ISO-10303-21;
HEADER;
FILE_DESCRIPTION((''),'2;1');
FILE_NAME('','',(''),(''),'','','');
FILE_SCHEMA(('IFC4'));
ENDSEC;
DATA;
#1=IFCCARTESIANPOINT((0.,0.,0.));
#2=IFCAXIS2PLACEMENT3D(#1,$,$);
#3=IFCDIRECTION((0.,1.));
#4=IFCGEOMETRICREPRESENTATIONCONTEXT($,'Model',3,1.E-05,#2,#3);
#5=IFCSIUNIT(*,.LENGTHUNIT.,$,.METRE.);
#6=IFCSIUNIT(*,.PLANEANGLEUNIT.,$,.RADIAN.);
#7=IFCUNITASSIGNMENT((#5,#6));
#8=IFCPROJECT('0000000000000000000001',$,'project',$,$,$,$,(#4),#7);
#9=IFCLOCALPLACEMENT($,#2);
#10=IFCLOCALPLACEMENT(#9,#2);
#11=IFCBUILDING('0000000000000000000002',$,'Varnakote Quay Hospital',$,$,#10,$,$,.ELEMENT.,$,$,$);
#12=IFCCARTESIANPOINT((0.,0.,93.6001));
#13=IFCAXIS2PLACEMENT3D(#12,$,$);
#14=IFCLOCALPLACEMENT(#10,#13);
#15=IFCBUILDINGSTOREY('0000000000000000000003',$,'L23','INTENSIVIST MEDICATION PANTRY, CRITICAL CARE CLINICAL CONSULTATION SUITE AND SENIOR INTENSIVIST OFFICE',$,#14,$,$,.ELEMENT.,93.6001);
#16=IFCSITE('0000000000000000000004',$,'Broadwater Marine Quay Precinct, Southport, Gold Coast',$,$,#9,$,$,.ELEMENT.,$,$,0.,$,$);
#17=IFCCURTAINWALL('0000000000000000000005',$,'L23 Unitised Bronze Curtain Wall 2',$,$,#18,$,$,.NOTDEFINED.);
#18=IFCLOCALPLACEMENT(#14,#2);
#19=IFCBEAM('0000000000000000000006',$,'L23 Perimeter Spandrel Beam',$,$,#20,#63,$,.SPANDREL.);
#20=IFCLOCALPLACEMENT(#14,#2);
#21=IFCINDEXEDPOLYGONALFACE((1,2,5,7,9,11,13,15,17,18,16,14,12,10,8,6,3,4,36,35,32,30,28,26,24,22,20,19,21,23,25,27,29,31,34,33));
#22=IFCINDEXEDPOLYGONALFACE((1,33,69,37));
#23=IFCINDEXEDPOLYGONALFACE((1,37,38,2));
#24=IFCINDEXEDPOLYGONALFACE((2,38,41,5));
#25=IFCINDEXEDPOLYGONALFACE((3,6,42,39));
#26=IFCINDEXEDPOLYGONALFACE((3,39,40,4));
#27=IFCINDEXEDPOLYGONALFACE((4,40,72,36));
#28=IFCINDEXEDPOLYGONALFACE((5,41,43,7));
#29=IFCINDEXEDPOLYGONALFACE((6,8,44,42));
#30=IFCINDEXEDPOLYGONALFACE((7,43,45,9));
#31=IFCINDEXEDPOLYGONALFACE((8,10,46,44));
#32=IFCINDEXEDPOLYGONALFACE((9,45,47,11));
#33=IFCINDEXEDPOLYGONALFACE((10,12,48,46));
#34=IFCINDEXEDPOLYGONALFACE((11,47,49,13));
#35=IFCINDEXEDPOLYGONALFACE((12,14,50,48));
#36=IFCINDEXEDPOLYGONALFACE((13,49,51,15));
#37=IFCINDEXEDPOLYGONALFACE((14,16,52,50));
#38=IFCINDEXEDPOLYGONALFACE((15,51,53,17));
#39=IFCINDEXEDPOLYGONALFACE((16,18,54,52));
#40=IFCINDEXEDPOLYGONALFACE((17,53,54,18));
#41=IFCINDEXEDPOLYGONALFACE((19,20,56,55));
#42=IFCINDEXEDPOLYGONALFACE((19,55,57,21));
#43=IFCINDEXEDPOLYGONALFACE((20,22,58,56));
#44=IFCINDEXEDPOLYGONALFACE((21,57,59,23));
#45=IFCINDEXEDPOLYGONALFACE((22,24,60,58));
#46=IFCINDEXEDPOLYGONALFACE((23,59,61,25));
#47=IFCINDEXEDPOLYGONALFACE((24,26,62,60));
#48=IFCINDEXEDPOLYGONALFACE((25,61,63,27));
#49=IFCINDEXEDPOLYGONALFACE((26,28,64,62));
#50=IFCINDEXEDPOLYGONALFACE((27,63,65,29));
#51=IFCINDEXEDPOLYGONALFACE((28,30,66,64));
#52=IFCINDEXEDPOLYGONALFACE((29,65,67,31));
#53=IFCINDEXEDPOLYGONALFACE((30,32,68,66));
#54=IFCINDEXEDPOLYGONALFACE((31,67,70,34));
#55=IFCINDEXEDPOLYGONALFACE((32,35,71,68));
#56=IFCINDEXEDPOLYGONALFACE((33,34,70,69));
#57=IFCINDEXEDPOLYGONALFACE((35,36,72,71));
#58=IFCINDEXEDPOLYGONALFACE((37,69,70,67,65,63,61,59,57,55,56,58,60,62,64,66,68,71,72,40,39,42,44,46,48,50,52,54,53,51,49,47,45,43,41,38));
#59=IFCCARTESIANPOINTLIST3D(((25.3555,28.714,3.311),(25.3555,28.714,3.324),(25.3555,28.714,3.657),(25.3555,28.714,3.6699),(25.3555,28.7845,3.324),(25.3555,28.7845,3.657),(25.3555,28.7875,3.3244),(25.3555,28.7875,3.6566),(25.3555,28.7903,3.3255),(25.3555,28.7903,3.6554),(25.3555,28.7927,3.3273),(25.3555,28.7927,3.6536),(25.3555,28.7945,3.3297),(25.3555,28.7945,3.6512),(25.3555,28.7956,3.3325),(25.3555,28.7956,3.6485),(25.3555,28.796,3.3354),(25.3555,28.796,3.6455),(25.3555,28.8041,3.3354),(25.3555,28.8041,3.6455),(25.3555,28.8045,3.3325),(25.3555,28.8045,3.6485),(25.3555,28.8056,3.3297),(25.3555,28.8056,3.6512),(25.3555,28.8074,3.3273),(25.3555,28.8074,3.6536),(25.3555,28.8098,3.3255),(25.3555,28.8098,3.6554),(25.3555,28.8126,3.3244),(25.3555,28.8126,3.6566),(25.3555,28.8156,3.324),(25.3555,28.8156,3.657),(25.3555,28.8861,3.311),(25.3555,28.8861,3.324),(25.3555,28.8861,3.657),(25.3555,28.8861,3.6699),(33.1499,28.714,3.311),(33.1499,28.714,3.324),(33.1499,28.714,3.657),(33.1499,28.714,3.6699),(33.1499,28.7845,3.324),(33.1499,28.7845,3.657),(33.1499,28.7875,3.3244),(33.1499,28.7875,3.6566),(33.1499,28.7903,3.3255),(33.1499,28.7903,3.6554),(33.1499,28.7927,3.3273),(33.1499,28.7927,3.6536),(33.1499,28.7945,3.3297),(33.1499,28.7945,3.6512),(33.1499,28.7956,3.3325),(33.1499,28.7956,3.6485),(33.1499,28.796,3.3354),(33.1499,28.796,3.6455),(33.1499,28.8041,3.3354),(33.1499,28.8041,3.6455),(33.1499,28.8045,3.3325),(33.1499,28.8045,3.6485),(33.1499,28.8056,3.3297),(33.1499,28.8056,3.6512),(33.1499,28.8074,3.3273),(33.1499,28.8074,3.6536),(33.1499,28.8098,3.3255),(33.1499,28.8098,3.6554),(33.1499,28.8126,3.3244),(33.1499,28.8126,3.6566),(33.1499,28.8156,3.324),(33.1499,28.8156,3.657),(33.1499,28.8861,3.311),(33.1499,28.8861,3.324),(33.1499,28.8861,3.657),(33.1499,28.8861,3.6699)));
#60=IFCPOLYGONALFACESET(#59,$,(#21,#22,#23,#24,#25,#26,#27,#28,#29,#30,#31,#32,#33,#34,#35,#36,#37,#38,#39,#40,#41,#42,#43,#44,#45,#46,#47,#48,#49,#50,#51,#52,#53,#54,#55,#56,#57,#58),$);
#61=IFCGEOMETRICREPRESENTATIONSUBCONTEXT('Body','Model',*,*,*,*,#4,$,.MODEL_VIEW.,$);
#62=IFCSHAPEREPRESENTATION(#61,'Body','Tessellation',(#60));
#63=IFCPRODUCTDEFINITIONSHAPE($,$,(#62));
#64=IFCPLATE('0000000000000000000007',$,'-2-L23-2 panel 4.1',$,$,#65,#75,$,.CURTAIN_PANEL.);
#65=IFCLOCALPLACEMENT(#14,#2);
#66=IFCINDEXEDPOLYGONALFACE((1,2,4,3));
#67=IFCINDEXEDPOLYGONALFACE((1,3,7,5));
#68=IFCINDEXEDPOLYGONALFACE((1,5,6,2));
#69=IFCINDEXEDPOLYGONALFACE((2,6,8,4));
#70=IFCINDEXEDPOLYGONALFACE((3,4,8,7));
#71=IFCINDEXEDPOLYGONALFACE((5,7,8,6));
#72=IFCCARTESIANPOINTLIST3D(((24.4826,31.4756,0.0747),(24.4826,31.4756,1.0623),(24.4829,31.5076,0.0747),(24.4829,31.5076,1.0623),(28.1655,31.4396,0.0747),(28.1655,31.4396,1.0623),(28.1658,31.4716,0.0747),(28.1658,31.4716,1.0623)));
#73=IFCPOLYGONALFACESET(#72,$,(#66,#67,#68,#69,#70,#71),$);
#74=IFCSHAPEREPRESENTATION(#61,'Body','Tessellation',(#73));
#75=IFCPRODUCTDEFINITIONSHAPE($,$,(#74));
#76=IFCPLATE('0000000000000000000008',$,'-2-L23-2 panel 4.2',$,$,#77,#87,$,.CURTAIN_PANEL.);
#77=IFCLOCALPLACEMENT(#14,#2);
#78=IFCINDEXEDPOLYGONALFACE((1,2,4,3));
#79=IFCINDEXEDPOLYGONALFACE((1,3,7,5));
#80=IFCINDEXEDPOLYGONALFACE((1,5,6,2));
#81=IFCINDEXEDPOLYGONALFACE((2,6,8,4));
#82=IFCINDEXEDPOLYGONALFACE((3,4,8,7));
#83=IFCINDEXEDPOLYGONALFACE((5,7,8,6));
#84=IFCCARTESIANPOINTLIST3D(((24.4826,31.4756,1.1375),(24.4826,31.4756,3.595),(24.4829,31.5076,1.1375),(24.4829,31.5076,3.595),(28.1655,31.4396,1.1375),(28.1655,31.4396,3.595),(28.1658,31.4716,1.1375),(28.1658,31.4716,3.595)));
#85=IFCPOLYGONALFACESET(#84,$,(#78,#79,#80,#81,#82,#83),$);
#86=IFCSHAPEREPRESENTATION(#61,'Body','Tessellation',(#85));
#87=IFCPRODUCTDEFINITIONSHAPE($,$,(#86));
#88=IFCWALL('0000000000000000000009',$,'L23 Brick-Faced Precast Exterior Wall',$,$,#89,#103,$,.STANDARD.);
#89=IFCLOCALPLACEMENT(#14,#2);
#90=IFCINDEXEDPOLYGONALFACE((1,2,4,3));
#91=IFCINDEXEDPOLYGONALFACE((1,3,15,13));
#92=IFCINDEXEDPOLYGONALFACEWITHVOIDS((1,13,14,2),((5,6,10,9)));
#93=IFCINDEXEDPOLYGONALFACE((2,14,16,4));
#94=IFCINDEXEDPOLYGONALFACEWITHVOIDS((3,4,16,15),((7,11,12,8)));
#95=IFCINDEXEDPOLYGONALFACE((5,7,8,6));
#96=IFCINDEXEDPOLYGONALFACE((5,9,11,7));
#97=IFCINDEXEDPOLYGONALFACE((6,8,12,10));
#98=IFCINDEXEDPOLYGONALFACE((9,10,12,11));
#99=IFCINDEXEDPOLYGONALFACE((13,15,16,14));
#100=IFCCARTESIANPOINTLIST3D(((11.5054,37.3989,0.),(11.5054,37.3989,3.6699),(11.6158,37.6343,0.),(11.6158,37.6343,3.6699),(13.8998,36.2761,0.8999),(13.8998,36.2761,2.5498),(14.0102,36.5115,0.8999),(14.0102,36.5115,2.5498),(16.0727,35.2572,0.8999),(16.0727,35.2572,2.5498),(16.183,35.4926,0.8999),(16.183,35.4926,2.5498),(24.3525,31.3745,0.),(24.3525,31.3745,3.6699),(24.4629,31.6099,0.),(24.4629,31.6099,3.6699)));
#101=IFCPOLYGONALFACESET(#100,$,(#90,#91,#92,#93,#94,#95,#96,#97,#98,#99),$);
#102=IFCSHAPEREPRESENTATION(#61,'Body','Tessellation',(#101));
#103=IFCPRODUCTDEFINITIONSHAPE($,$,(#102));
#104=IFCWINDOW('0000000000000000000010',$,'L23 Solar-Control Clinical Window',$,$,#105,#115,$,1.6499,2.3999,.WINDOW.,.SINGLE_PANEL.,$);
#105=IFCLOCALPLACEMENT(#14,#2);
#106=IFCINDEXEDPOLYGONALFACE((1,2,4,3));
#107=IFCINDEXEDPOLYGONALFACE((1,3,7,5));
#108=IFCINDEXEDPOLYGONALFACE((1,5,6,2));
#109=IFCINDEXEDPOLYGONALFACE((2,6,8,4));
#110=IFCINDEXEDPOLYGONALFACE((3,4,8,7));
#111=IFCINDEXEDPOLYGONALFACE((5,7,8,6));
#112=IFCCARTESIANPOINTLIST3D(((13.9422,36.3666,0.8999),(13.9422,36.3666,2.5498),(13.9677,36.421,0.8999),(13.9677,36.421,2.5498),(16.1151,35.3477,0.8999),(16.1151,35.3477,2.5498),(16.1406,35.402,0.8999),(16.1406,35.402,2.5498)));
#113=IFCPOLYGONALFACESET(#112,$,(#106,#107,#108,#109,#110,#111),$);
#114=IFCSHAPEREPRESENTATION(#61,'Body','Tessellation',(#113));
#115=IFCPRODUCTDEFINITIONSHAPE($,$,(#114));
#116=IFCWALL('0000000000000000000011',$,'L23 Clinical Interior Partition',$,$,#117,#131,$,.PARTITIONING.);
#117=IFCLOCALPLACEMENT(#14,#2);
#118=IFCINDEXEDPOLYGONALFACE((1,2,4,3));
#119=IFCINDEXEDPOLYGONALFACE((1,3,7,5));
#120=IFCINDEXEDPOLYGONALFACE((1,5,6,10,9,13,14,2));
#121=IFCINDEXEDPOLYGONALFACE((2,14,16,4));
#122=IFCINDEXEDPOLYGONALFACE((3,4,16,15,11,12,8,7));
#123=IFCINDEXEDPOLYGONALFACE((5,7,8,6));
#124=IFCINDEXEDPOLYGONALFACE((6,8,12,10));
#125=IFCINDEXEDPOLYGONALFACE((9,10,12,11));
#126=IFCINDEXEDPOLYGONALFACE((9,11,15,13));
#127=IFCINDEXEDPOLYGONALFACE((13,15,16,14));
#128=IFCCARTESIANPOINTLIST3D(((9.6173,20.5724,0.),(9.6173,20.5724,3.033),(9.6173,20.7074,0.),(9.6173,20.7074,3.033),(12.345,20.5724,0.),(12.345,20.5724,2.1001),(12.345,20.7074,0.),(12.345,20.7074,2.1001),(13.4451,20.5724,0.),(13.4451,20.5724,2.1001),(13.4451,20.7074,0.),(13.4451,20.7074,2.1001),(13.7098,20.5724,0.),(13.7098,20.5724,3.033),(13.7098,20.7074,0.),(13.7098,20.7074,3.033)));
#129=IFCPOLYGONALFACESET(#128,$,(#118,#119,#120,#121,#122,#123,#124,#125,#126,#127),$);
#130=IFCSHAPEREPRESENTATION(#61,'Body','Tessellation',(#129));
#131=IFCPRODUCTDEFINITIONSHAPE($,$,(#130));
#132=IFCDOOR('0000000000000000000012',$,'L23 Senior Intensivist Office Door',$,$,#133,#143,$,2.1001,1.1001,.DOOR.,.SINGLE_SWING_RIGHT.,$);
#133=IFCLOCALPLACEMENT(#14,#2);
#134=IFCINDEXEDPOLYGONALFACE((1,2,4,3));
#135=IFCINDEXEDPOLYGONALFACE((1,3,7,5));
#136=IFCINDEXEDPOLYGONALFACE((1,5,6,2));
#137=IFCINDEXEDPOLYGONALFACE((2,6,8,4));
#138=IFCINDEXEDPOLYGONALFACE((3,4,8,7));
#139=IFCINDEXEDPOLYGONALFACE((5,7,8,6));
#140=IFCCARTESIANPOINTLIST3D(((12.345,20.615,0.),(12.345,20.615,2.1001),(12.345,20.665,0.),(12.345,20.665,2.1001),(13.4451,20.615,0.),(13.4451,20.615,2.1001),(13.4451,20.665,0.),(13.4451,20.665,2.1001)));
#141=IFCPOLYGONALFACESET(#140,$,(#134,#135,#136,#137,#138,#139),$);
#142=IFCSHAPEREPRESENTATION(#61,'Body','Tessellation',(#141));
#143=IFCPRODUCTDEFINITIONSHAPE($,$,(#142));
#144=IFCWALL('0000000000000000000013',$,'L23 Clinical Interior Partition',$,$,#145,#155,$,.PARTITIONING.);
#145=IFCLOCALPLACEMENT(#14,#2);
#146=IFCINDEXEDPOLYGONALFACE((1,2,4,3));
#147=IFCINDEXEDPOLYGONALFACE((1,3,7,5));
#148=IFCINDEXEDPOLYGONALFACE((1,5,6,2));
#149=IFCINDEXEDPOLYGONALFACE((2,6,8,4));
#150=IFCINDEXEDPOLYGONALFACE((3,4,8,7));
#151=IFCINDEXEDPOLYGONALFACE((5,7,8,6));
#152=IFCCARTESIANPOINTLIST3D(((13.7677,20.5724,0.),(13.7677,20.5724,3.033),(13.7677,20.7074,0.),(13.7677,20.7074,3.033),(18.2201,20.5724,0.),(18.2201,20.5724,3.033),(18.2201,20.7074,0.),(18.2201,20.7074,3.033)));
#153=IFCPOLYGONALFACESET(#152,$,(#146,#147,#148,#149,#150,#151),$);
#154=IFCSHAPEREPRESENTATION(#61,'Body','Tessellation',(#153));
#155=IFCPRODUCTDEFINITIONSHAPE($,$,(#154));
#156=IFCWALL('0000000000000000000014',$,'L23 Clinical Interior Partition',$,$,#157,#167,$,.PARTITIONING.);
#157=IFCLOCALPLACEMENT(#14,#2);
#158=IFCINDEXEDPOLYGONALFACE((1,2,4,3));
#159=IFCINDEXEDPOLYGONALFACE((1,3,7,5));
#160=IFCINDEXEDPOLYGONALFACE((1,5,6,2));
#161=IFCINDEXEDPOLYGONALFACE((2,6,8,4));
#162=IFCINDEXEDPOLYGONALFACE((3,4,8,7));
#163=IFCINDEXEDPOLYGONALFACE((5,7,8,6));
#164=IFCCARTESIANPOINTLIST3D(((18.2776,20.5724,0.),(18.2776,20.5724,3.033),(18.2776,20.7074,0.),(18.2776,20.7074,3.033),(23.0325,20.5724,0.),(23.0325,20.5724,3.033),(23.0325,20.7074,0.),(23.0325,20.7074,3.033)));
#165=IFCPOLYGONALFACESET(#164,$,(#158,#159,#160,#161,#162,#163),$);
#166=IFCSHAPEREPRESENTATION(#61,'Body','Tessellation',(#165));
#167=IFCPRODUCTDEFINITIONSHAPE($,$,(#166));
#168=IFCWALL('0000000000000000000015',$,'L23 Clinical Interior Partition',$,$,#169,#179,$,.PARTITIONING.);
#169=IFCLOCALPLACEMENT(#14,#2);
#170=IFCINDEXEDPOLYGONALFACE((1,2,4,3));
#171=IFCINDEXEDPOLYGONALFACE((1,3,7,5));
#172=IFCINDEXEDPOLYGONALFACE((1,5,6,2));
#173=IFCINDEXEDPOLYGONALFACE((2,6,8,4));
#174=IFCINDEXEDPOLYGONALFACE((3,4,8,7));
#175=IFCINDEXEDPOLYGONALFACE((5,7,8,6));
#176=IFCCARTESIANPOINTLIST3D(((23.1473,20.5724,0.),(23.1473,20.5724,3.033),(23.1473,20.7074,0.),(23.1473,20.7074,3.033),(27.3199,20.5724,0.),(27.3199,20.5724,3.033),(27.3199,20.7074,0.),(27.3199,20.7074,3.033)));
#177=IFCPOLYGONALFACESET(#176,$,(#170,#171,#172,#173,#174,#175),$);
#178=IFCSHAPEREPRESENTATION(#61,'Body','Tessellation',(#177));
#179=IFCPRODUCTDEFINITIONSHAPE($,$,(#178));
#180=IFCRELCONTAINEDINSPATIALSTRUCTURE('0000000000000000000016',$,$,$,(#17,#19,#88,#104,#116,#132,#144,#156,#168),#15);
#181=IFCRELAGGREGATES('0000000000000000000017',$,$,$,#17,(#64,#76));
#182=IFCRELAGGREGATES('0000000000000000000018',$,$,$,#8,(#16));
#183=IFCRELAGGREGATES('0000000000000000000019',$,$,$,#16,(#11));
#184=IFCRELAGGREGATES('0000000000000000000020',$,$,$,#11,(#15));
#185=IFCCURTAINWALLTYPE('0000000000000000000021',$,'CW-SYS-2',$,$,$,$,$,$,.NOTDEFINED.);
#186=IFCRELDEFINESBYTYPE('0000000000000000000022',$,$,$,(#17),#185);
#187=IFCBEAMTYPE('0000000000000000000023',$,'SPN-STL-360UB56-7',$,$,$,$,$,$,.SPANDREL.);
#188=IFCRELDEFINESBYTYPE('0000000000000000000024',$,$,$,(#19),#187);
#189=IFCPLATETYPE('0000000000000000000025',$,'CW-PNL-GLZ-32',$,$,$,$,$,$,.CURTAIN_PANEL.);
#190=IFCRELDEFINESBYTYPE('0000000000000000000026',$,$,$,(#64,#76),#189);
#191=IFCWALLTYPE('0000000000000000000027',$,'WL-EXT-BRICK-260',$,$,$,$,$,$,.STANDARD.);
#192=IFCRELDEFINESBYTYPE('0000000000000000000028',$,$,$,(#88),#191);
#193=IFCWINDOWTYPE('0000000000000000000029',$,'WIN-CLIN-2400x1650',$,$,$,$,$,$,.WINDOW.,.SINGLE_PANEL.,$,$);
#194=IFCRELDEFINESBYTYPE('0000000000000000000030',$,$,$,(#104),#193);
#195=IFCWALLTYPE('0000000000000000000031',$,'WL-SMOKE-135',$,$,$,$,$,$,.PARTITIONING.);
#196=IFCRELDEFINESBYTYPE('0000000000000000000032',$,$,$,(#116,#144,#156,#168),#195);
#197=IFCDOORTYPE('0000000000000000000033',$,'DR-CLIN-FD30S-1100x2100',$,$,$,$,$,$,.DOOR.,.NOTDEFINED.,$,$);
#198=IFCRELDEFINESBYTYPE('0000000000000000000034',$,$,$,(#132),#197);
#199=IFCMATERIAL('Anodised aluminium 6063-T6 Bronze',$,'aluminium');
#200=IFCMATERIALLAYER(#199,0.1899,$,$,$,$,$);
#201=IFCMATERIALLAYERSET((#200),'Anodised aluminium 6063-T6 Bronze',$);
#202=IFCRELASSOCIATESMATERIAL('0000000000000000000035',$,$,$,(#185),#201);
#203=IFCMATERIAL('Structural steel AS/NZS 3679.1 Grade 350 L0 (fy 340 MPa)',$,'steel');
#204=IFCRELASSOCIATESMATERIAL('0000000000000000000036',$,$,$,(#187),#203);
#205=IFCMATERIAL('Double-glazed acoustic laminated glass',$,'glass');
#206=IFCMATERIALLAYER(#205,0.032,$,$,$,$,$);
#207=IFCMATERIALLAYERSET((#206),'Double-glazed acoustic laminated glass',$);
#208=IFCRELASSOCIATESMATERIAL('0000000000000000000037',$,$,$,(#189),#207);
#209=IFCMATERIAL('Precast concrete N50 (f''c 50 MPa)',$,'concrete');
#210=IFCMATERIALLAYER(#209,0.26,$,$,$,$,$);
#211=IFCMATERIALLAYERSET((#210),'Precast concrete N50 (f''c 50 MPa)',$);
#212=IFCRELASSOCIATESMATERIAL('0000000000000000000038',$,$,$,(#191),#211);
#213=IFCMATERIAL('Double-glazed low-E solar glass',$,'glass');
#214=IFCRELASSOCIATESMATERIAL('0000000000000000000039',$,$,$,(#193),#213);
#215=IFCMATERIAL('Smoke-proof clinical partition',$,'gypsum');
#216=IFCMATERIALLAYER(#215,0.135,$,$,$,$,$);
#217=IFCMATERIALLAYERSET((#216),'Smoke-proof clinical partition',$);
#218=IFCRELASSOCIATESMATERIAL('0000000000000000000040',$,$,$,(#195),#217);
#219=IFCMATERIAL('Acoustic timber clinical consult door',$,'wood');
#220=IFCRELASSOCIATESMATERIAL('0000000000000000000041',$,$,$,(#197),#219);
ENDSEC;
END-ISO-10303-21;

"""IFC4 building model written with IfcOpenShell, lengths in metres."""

from ifc_helpers import new_model, si_unit, direction, frame, frame_2d, origin, origin_2d, place, context, subcontext, project, spatial, rectangle, i_section, extrude, material, layer, layer_set, material_profile, profile_set, type_object, element, fill, aggregate, save


model = new_model("IFC4")

# Units and contexts
model_context = context("Model", 3, precision=1e-05, world=origin(), true_north=direction((0.0, 1.0)))
body_context = subcontext(model_context, "Body", "Model", "MODEL_VIEW")
ifc_project = project(units=[si_unit("LENGTHUNIT", "METRE"), si_unit("PLANEANGLEUNIT", "RADIAN")], contexts=[model_context])

# Site, building, storey
site_placement = place(None, origin())
site = spatial("IfcSite", under=ifc_project, at=site_placement, Name="Broadwater Marine Quay Precinct, Southport, Gold Coast", CompositionType="ELEMENT", RefElevation=0.0)
building_placement = place(site_placement, origin())
building = spatial("IfcBuilding", under=site, at=building_placement, Name="Varnakote Quay Hospital", CompositionType="ELEMENT")
storey_placement = place(building_placement, frame((0.0, 0.0, 93.6001)))
storey = spatial("IfcBuildingStorey", under=building, at=storey_placement, Name="L23", Description="INTENSIVIST MEDICATION PANTRY, CRITICAL CARE CLINICAL CONSULTATION SUITE AND SENIOR INTENSIVIST OFFICE", CompositionType="ELEMENT", Elevation=93.6001)

# Curtain wall
ifc_material_1 = material(Name="Anodised aluminium 6063-T6 Bronze", Category="aluminium")
ifc_layer_1 = layer(ifc_material_1, 0.1899)
ifc_layer_set_1 = layer_set([ifc_layer_1], Name="Anodised aluminium 6063-T6 Bronze")
curtain_wall_type = type_object("IfcCurtainWallType", Name="CW-SYS-2", PredefinedType="NOTDEFINED", material=ifc_layer_set_1)
curtain_wall_placement = place(storey_placement, origin())
curtain_wall = element("IfcCurtainWall", 1, at=curtain_wall_placement, inside=storey, type_object=curtain_wall_type, Name="L23 Unitised Bronze Curtain Wall 2", PredefinedType="NOTDEFINED")

# Beam
ifc_material_2 = material(Name="Structural steel AS/NZS 3679.1 Grade 350 L0 (fy 340 MPa)", Category="steel")
ifc_material_profile_1 = material_profile(ifc_material_2, i_section(OverallWidth=0.1721, OverallDepth=0.3589, WebThickness=0.0081, FlangeThickness=0.0129, FilletRadius=0.0115, at=origin_2d()), Name="360UB56.7")
ifc_profile_set_1 = profile_set([ifc_material_profile_1], Name="Structural steel AS/NZS 3679.1 Grade 350 L0 (fy 340 MPa)")
beam_type_1 = type_object("IfcBeamType", Name="SPN-STL-360UB56-7", PredefinedType="SPANDREL", material=ifc_profile_set_1)
beam_1_placement = place(storey_placement, frame((25.3555, 28.8, 3.4905), z_axis=(1.0, 0.0, 0.0), x_axis=(0.0, 1.0, 0.0)))
element("IfcBeam", 2, at=beam_1_placement, inside=storey, type_object=beam_type_1, Name="L23 Perimeter Spandrel Beam", PredefinedType="SPANDREL", context=body_context, shape_type="SweptSolid", body=[
    extrude(i_section(OverallWidth=0.1721, OverallDepth=0.3589, WebThickness=0.0081, FlangeThickness=0.0129, FilletRadius=0.0115, at=origin_2d()), origin(), (0.0, 0.0, 1.0), 7.7944),
])

# Plates
ifc_material_3 = material(Name="Double-glazed acoustic laminated glass", Category="glass")
ifc_layer_2 = layer(ifc_material_3, 0.032)
ifc_layer_set_2 = layer_set([ifc_layer_2], Name="Double-glazed acoustic laminated glass")
plate_type = type_object("IfcPlateType", Name="CW-PNL-GLZ-32", PredefinedType="CURTAIN_PANEL", material=ifc_layer_set_2)
plate_1_placement = place(storey_placement, frame((26.3242, 31.4736, 0.0747), z_axis=(0.0, 0.0, 1.0), x_axis=(-0.999952, 0.009774, 0.0)))
plate_1 = element("IfcPlate", 3, at=plate_1_placement, type_object=plate_type, Name="-2-L23-2 panel 4.1", PredefinedType="CURTAIN_PANEL", context=body_context, shape_type="SweptSolid", body=[
    extrude(rectangle(XDim=3.6831, YDim=0.032, at=origin_2d()), origin(), (0.0, 0.0, 1.0), 0.9875),
])
plate_2_placement = place(storey_placement, frame((26.3242, 31.4736, 1.1375), z_axis=(0.0, 0.0, 1.0), x_axis=(-0.999952, 0.009774, 0.0)))
plate_2 = element("IfcPlate", 4, at=plate_2_placement, type_object=plate_type, Name="-2-L23-2 panel 4.2", PredefinedType="CURTAIN_PANEL", context=body_context, shape_type="SweptSolid", body=[
    extrude(rectangle(XDim=3.6831, YDim=0.032, at=origin_2d()), origin(), (0.0, 0.0, 1.0), 2.4575),
])
aggregate(curtain_wall, [plate_1, plate_2])

# Wall, opening, window
ifc_material_4 = material(Name="Precast concrete N50 (f'c 50 MPa)", Category="concrete")
ifc_layer_3 = layer(ifc_material_4, 0.26)
ifc_layer_set_3 = layer_set([ifc_layer_3], Name="Precast concrete N50 (f'c 50 MPa)")
wall_type_1 = type_object("IfcWallType", Name="WL-EXT-BRICK-260", PredefinedType="STANDARD", material=ifc_layer_set_3)
wall_1_placement = place(storey_placement, frame((24.4077, 31.4922, 0.0), z_axis=(0.0, 0.0, 1.0), x_axis=(-0.905397, 0.424567, 0.0)))
wall_1 = element("IfcWall", 5, at=wall_1_placement, inside=storey, type_object=wall_type_1, Name="L23 Brick-Faced Precast Exterior Wall", PredefinedType="STANDARD", context=body_context, shape_type="SweptSolid", body=[
    extrude(rectangle(XDim=14.1895, YDim=0.26, at=frame_2d((7.0947, 0.0))), origin(), (0.0, 0.0, 1.0), 3.6699),
])
opening_1_placement = place(wall_1_placement, frame((9.145, 0.0, 0.8999)))
opening_1 = element("IfcOpeningElement", 6, at=opening_1_placement, cuts=wall_1, PredefinedType="OPENING", context=body_context, shape_type="SweptSolid", body=[
    extrude(rectangle(XDim=2.3999, YDim=1.6499, at=frame_2d((1.2, 0.825))), frame((0.0, 0.1399, 0.0), z_axis=(0.0, -1.0, 0.0), x_axis=(1.0, 0.0, 0.0)), (0.0, 0.0, 1.0), 0.28),
])
ifc_material_5 = material(Name="Double-glazed low-E solar glass", Category="glass")
window_type = type_object("IfcWindowType", Name="WIN-CLIN-2400x1650", PartitioningType="SINGLE_PANEL", PredefinedType="WINDOW", material=ifc_material_5)
window_placement = place(opening_1_placement, origin())
window = element("IfcWindow", 7, at=window_placement, inside=storey, type_object=window_type, Name="L23 Solar-Control Clinical Window", OverallHeight=1.6499, OverallWidth=2.3999, PartitioningType="SINGLE_PANEL", PredefinedType="WINDOW", context=body_context, shape_type="SweptSolid", body=[
    extrude(rectangle(XDim=2.3999, YDim=1.6499, at=frame_2d((1.2, 0.825))), frame((0.0, 0.03, 0.0), z_axis=(0.0, -1.0, 0.0), x_axis=(1.0, 0.0, 0.0)), (0.0, 0.0, 1.0), 0.0601),
])
fill(opening_1, window)

# Wall, opening, door
ifc_material_6 = material(Name="Smoke-proof clinical partition", Category="gypsum")
ifc_layer_4 = layer(ifc_material_6, 0.135)
ifc_layer_set_4 = layer_set([ifc_layer_4], Name="Smoke-proof clinical partition")
wall_type_2 = type_object("IfcWallType", Name="WL-SMOKE-135", PredefinedType="PARTITIONING", material=ifc_layer_set_4)
wall_2_placement = place(storey_placement, frame((13.71, 20.6399, 0.0), z_axis=(0.0, 0.0, 1.0), x_axis=(-1.0, 0.0, 0.0)))
wall_2 = element("IfcWall", 8, at=wall_2_placement, inside=storey, type_object=wall_type_2, Name="L23 Clinical Interior Partition", PredefinedType="PARTITIONING", context=body_context, shape_type="SweptSolid", body=[
    extrude(rectangle(XDim=4.0925, YDim=0.135, at=frame_2d((2.0464, 0.0))), origin(), (0.0, 0.0, 1.0), 3.033),
])
opening_2_placement = place(wall_2_placement, frame((0.2649, 0.0, 0.0)))
opening_2 = element("IfcOpeningElement", 9, at=opening_2_placement, cuts=wall_2, PredefinedType="OPENING", context=body_context, shape_type="SweptSolid", body=[
    extrude(rectangle(XDim=1.1001, YDim=2.1001, at=frame_2d((0.55, 1.05))), frame((0.0, 0.0774, 0.0), z_axis=(0.0, -1.0, 0.0), x_axis=(1.0, 0.0, 0.0)), (0.0, 0.0, 1.0), 0.155),
])
ifc_material_7 = material(Name="Acoustic timber clinical consult door", Category="wood")
door_type = type_object("IfcDoorType", Name="DR-CLIN-FD30S-1100x2100", OperationType="NOTDEFINED", PredefinedType="DOOR", material=ifc_material_7)
door_1_placement = place(opening_2_placement, origin())
door_1 = element("IfcDoor", 10, at=door_1_placement, inside=storey, type_object=door_type, Name="L23 Senior Intensivist Office Door", OperationType="SINGLE_SWING_RIGHT", OverallHeight=2.1001, OverallWidth=1.1001, PredefinedType="DOOR", context=body_context, shape_type="SweptSolid", body=[
    extrude(rectangle(XDim=1.1001, YDim=2.1001, at=frame_2d((0.55, 1.05))), frame((0.0, 0.0249, 0.0), z_axis=(0.0, -1.0, 0.0), x_axis=(1.0, 0.0, 0.0)), (0.0, 0.0, 1.0), 0.05),
])
fill(opening_2, door_1)

# Walls
wall_3_placement = place(storey_placement, frame((18.22, 20.6399, 0.0), z_axis=(0.0, 0.0, 1.0), x_axis=(-1.0, 0.0, 0.0)))
element("IfcWall", 11, at=wall_3_placement, inside=storey, type_object=wall_type_2, Name="L23 Clinical Interior Partition", PredefinedType="PARTITIONING", context=body_context, shape_type="SweptSolid", body=[
    extrude(rectangle(XDim=4.4524, YDim=0.135, at=frame_2d((2.2261, 0.0))), origin(), (0.0, 0.0, 1.0), 3.033),
])
wall_4_placement = place(storey_placement, frame((23.0325, 20.6399, 0.0), z_axis=(0.0, 0.0, 1.0), x_axis=(-1.0, 0.0, 0.0)))
element("IfcWall", 12, at=wall_4_placement, inside=storey, type_object=wall_type_2, Name="L23 Clinical Interior Partition", PredefinedType="PARTITIONING", context=body_context, shape_type="SweptSolid", body=[
    extrude(rectangle(XDim=4.7549, YDim=0.135, at=frame_2d((2.3774, 0.0))), origin(), (0.0, 0.0, 1.0), 3.033),
])
wall_5_placement = place(storey_placement, frame((27.3201, 20.6399, 0.0), z_axis=(0.0, 0.0, 1.0), x_axis=(-1.0, 0.0, 0.0)))
element("IfcWall", 13, at=wall_5_placement, inside=storey, type_object=wall_type_2, Name="L23 Clinical Interior Partition", PredefinedType="PARTITIONING", context=body_context, shape_type="SweptSolid", body=[
    extrude(rectangle(XDim=4.1726, YDim=0.135, at=frame_2d((2.0864, 0.0))), origin(), (0.0, 0.0, 1.0), 3.033),
])

save(model, "model.ifc")
